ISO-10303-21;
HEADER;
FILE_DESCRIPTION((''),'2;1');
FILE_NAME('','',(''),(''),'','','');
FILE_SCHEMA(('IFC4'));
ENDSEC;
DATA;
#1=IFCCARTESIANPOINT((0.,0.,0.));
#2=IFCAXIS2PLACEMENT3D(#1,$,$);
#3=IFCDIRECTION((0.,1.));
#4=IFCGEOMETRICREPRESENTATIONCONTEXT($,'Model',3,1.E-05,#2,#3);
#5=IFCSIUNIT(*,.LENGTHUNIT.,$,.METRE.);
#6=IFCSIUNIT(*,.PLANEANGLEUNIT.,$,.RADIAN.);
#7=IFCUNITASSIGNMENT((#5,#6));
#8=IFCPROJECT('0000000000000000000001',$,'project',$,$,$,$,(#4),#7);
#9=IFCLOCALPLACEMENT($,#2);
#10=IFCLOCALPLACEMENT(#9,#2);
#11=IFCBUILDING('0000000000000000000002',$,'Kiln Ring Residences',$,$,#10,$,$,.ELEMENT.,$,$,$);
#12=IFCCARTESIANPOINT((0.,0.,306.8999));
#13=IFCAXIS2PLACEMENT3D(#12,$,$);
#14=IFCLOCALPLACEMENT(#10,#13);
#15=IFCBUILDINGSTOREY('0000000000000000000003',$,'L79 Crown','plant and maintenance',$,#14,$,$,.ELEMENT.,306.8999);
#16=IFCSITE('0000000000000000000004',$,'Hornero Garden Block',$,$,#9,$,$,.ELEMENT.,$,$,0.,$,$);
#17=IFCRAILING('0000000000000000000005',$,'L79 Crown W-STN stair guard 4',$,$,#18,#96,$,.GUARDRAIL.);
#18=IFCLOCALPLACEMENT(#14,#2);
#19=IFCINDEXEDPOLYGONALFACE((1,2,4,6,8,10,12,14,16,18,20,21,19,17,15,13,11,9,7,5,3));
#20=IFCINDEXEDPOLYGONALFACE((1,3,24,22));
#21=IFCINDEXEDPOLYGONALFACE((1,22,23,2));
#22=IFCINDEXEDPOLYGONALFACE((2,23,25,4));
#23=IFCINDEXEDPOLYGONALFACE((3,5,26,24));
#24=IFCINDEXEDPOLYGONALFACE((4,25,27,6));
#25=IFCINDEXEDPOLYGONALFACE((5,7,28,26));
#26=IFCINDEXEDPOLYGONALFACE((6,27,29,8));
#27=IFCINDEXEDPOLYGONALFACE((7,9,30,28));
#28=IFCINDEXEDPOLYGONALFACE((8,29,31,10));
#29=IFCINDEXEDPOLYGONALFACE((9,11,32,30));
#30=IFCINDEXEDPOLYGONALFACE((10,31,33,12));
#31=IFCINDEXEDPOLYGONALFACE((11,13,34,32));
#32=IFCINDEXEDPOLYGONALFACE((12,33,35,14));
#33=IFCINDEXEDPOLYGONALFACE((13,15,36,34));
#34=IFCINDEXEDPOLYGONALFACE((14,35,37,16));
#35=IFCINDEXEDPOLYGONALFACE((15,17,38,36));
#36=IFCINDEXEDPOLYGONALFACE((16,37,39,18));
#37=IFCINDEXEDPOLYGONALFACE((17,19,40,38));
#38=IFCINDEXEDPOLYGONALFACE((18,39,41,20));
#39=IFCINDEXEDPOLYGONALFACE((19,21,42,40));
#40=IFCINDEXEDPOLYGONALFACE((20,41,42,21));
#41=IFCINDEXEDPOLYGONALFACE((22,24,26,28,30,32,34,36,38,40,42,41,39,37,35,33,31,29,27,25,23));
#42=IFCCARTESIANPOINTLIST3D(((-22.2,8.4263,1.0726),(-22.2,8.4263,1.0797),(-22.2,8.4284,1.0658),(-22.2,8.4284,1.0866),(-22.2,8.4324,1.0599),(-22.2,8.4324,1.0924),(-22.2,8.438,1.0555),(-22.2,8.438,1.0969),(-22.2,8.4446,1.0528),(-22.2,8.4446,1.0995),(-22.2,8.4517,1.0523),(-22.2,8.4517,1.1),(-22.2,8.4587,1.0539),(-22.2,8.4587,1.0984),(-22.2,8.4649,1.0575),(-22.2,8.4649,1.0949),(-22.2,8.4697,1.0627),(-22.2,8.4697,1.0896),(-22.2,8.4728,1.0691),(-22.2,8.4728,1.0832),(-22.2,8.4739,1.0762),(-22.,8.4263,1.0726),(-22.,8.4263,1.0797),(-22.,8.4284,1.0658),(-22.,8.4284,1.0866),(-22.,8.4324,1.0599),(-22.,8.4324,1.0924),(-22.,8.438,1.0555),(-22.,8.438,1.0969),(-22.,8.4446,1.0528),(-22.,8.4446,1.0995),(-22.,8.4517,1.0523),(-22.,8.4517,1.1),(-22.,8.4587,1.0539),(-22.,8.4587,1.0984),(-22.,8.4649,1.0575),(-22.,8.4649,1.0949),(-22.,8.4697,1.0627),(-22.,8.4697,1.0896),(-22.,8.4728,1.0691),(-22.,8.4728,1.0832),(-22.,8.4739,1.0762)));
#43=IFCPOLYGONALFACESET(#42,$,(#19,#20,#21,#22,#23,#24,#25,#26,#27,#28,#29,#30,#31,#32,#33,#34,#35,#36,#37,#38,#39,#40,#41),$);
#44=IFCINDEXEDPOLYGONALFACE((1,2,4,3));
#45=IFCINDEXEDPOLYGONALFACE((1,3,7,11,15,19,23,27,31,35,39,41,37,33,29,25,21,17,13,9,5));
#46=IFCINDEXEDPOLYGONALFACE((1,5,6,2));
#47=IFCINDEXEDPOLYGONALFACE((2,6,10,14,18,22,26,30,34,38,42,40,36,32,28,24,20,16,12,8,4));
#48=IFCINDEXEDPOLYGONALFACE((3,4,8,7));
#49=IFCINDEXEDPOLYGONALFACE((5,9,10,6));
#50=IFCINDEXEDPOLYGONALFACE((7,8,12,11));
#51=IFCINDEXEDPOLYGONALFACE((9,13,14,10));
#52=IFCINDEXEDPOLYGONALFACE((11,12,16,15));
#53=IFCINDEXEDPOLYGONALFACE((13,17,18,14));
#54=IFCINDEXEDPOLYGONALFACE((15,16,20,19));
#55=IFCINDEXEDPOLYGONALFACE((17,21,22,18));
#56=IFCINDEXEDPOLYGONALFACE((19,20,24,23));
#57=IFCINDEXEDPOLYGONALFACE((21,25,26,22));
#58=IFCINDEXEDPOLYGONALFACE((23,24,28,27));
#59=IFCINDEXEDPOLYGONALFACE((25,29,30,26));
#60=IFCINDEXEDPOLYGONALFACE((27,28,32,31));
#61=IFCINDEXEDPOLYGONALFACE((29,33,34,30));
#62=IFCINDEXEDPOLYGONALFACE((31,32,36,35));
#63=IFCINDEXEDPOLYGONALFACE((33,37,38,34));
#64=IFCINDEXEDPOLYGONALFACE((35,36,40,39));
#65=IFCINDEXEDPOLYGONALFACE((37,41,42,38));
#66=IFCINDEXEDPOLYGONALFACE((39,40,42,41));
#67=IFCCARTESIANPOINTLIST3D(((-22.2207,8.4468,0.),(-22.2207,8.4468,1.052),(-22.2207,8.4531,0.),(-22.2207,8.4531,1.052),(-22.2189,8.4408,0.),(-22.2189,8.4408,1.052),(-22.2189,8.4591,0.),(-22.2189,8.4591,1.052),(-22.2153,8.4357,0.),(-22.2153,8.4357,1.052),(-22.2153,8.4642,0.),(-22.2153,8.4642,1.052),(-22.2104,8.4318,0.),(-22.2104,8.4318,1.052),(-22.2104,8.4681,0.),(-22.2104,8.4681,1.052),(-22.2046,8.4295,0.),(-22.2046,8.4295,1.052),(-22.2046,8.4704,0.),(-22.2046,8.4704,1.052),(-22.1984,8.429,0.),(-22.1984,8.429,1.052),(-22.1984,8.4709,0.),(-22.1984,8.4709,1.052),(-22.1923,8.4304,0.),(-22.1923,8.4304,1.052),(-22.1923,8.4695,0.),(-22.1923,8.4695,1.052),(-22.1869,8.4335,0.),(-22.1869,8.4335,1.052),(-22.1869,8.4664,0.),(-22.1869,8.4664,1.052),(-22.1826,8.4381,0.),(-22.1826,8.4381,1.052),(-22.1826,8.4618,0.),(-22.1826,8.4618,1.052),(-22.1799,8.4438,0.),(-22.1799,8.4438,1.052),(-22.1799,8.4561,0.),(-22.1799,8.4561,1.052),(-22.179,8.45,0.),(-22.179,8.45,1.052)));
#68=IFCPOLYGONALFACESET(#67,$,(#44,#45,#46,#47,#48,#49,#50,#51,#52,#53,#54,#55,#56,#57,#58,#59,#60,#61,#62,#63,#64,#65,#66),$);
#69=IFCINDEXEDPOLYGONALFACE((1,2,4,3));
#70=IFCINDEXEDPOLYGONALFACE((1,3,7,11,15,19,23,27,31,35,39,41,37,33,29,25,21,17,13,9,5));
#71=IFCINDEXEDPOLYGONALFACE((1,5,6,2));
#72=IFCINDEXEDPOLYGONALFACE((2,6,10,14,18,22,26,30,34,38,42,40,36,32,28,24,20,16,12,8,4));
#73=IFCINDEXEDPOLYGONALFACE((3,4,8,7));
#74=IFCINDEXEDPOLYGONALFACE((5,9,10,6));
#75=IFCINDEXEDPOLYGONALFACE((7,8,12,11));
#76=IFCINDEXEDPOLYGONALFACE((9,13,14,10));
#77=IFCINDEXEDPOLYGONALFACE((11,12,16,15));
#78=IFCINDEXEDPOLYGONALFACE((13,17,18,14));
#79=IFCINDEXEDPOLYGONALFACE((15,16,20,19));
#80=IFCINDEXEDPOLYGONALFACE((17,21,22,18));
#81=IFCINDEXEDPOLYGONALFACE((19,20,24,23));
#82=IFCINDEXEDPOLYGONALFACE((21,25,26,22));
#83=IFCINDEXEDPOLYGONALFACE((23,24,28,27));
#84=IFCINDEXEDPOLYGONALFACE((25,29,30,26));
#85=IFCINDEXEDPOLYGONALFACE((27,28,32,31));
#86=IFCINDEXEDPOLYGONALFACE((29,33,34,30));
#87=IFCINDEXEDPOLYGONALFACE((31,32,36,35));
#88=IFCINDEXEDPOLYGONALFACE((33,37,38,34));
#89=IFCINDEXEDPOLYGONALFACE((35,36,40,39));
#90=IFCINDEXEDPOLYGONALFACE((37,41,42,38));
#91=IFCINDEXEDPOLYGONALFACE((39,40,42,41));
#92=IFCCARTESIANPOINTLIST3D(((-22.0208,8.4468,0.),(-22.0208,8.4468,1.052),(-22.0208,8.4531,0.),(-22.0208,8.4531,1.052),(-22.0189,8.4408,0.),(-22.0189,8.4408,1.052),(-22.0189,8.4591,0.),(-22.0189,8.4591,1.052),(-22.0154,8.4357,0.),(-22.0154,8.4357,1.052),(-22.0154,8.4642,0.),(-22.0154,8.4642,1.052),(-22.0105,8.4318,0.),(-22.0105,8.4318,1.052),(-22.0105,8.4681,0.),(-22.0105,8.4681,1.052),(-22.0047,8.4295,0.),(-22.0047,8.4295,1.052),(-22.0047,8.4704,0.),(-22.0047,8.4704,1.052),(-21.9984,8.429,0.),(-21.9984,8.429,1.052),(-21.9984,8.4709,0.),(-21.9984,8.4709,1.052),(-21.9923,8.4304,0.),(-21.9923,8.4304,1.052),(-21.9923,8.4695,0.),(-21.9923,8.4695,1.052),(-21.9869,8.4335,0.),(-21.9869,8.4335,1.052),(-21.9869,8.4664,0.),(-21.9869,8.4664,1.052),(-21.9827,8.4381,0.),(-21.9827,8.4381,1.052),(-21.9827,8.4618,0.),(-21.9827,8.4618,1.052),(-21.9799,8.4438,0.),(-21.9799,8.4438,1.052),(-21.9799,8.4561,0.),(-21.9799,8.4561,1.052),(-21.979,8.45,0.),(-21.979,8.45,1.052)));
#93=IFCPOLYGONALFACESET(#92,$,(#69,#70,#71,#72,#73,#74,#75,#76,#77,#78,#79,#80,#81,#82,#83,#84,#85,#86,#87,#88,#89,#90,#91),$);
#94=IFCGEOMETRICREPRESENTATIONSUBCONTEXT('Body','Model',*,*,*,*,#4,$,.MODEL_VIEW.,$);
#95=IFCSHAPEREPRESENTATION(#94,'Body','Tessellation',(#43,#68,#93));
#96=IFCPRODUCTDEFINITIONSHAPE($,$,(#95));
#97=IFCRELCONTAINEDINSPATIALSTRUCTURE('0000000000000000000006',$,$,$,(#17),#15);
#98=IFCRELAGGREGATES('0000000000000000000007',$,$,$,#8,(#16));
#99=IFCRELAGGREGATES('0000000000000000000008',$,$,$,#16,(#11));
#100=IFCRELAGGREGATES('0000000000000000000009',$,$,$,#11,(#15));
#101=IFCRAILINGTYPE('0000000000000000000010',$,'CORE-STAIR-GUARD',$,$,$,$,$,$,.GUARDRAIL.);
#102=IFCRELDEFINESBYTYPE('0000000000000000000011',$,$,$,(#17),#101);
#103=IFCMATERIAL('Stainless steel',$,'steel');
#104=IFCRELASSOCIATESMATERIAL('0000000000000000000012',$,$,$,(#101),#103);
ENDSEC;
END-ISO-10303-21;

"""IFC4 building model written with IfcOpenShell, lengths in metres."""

from ifc_helpers import new_model, si_unit, direction, frame, origin, origin_2d, place, context, subcontext, project, spatial, circle, extrude, material, type_object, element, save


model = new_model("IFC4")

# Units and contexts
model_context = context("Model", 3, precision=1e-05, world=origin(), true_north=direction((0.0, 1.0)))
body_context = subcontext(model_context, "Body", "Model", "MODEL_VIEW")
ifc_project = project(units=[si_unit("LENGTHUNIT", "METRE"), si_unit("PLANEANGLEUNIT", "RADIAN")], contexts=[model_context])

# Site, building, storey
site_placement = place(None, origin())
site = spatial("IfcSite", under=ifc_project, at=site_placement, Name="Hornero Garden Block", CompositionType="ELEMENT", RefElevation=0.0)
building_placement = place(site_placement, origin())
building = spatial("IfcBuilding", under=site, at=building_placement, Name="Kiln Ring Residences", CompositionType="ELEMENT")
storey_placement = place(building_placement, frame((0.0, 0.0, 306.8999)))
storey = spatial("IfcBuildingStorey", under=building, at=storey_placement, Name="L79 Crown", Description="plant and maintenance", CompositionType="ELEMENT", Elevation=306.8999)

# Railing
ifc_material_1 = material(Name="Stainless steel", Category="steel")
railing_type_1 = type_object("IfcRailingType", Name="CORE-STAIR-GUARD", PredefinedType="GUARDRAIL", material=ifc_material_1)
railing_1_placement = place(storey_placement, frame((-22.2, 8.45, 0.0)))
element("IfcRailing", 1, at=railing_1_placement, inside=storey, type_object=railing_type_1, Name="L79 Crown W-STN stair guard 4", PredefinedType="GUARDRAIL", context=body_context, shape_type="SweptSolid", body=[
    extrude(circle(Radius=0.0239, at=origin_2d()), frame((0.0, 0.0, 1.0762), z_axis=(1.0, 0.0, 0.0), x_axis=(0.0, 1.0, 0.0)), (0.0, 0.0, 1.0), 0.2),
    extrude(circle(Radius=0.021, at=origin_2d()), origin(), (0.0, 0.0, 1.0), 1.052),
    extrude(circle(Radius=0.021, at=origin_2d()), frame((0.2, 0.0, 0.0)), (0.0, 0.0, 1.0), 1.052),
])

save(model, "model.ifc")
